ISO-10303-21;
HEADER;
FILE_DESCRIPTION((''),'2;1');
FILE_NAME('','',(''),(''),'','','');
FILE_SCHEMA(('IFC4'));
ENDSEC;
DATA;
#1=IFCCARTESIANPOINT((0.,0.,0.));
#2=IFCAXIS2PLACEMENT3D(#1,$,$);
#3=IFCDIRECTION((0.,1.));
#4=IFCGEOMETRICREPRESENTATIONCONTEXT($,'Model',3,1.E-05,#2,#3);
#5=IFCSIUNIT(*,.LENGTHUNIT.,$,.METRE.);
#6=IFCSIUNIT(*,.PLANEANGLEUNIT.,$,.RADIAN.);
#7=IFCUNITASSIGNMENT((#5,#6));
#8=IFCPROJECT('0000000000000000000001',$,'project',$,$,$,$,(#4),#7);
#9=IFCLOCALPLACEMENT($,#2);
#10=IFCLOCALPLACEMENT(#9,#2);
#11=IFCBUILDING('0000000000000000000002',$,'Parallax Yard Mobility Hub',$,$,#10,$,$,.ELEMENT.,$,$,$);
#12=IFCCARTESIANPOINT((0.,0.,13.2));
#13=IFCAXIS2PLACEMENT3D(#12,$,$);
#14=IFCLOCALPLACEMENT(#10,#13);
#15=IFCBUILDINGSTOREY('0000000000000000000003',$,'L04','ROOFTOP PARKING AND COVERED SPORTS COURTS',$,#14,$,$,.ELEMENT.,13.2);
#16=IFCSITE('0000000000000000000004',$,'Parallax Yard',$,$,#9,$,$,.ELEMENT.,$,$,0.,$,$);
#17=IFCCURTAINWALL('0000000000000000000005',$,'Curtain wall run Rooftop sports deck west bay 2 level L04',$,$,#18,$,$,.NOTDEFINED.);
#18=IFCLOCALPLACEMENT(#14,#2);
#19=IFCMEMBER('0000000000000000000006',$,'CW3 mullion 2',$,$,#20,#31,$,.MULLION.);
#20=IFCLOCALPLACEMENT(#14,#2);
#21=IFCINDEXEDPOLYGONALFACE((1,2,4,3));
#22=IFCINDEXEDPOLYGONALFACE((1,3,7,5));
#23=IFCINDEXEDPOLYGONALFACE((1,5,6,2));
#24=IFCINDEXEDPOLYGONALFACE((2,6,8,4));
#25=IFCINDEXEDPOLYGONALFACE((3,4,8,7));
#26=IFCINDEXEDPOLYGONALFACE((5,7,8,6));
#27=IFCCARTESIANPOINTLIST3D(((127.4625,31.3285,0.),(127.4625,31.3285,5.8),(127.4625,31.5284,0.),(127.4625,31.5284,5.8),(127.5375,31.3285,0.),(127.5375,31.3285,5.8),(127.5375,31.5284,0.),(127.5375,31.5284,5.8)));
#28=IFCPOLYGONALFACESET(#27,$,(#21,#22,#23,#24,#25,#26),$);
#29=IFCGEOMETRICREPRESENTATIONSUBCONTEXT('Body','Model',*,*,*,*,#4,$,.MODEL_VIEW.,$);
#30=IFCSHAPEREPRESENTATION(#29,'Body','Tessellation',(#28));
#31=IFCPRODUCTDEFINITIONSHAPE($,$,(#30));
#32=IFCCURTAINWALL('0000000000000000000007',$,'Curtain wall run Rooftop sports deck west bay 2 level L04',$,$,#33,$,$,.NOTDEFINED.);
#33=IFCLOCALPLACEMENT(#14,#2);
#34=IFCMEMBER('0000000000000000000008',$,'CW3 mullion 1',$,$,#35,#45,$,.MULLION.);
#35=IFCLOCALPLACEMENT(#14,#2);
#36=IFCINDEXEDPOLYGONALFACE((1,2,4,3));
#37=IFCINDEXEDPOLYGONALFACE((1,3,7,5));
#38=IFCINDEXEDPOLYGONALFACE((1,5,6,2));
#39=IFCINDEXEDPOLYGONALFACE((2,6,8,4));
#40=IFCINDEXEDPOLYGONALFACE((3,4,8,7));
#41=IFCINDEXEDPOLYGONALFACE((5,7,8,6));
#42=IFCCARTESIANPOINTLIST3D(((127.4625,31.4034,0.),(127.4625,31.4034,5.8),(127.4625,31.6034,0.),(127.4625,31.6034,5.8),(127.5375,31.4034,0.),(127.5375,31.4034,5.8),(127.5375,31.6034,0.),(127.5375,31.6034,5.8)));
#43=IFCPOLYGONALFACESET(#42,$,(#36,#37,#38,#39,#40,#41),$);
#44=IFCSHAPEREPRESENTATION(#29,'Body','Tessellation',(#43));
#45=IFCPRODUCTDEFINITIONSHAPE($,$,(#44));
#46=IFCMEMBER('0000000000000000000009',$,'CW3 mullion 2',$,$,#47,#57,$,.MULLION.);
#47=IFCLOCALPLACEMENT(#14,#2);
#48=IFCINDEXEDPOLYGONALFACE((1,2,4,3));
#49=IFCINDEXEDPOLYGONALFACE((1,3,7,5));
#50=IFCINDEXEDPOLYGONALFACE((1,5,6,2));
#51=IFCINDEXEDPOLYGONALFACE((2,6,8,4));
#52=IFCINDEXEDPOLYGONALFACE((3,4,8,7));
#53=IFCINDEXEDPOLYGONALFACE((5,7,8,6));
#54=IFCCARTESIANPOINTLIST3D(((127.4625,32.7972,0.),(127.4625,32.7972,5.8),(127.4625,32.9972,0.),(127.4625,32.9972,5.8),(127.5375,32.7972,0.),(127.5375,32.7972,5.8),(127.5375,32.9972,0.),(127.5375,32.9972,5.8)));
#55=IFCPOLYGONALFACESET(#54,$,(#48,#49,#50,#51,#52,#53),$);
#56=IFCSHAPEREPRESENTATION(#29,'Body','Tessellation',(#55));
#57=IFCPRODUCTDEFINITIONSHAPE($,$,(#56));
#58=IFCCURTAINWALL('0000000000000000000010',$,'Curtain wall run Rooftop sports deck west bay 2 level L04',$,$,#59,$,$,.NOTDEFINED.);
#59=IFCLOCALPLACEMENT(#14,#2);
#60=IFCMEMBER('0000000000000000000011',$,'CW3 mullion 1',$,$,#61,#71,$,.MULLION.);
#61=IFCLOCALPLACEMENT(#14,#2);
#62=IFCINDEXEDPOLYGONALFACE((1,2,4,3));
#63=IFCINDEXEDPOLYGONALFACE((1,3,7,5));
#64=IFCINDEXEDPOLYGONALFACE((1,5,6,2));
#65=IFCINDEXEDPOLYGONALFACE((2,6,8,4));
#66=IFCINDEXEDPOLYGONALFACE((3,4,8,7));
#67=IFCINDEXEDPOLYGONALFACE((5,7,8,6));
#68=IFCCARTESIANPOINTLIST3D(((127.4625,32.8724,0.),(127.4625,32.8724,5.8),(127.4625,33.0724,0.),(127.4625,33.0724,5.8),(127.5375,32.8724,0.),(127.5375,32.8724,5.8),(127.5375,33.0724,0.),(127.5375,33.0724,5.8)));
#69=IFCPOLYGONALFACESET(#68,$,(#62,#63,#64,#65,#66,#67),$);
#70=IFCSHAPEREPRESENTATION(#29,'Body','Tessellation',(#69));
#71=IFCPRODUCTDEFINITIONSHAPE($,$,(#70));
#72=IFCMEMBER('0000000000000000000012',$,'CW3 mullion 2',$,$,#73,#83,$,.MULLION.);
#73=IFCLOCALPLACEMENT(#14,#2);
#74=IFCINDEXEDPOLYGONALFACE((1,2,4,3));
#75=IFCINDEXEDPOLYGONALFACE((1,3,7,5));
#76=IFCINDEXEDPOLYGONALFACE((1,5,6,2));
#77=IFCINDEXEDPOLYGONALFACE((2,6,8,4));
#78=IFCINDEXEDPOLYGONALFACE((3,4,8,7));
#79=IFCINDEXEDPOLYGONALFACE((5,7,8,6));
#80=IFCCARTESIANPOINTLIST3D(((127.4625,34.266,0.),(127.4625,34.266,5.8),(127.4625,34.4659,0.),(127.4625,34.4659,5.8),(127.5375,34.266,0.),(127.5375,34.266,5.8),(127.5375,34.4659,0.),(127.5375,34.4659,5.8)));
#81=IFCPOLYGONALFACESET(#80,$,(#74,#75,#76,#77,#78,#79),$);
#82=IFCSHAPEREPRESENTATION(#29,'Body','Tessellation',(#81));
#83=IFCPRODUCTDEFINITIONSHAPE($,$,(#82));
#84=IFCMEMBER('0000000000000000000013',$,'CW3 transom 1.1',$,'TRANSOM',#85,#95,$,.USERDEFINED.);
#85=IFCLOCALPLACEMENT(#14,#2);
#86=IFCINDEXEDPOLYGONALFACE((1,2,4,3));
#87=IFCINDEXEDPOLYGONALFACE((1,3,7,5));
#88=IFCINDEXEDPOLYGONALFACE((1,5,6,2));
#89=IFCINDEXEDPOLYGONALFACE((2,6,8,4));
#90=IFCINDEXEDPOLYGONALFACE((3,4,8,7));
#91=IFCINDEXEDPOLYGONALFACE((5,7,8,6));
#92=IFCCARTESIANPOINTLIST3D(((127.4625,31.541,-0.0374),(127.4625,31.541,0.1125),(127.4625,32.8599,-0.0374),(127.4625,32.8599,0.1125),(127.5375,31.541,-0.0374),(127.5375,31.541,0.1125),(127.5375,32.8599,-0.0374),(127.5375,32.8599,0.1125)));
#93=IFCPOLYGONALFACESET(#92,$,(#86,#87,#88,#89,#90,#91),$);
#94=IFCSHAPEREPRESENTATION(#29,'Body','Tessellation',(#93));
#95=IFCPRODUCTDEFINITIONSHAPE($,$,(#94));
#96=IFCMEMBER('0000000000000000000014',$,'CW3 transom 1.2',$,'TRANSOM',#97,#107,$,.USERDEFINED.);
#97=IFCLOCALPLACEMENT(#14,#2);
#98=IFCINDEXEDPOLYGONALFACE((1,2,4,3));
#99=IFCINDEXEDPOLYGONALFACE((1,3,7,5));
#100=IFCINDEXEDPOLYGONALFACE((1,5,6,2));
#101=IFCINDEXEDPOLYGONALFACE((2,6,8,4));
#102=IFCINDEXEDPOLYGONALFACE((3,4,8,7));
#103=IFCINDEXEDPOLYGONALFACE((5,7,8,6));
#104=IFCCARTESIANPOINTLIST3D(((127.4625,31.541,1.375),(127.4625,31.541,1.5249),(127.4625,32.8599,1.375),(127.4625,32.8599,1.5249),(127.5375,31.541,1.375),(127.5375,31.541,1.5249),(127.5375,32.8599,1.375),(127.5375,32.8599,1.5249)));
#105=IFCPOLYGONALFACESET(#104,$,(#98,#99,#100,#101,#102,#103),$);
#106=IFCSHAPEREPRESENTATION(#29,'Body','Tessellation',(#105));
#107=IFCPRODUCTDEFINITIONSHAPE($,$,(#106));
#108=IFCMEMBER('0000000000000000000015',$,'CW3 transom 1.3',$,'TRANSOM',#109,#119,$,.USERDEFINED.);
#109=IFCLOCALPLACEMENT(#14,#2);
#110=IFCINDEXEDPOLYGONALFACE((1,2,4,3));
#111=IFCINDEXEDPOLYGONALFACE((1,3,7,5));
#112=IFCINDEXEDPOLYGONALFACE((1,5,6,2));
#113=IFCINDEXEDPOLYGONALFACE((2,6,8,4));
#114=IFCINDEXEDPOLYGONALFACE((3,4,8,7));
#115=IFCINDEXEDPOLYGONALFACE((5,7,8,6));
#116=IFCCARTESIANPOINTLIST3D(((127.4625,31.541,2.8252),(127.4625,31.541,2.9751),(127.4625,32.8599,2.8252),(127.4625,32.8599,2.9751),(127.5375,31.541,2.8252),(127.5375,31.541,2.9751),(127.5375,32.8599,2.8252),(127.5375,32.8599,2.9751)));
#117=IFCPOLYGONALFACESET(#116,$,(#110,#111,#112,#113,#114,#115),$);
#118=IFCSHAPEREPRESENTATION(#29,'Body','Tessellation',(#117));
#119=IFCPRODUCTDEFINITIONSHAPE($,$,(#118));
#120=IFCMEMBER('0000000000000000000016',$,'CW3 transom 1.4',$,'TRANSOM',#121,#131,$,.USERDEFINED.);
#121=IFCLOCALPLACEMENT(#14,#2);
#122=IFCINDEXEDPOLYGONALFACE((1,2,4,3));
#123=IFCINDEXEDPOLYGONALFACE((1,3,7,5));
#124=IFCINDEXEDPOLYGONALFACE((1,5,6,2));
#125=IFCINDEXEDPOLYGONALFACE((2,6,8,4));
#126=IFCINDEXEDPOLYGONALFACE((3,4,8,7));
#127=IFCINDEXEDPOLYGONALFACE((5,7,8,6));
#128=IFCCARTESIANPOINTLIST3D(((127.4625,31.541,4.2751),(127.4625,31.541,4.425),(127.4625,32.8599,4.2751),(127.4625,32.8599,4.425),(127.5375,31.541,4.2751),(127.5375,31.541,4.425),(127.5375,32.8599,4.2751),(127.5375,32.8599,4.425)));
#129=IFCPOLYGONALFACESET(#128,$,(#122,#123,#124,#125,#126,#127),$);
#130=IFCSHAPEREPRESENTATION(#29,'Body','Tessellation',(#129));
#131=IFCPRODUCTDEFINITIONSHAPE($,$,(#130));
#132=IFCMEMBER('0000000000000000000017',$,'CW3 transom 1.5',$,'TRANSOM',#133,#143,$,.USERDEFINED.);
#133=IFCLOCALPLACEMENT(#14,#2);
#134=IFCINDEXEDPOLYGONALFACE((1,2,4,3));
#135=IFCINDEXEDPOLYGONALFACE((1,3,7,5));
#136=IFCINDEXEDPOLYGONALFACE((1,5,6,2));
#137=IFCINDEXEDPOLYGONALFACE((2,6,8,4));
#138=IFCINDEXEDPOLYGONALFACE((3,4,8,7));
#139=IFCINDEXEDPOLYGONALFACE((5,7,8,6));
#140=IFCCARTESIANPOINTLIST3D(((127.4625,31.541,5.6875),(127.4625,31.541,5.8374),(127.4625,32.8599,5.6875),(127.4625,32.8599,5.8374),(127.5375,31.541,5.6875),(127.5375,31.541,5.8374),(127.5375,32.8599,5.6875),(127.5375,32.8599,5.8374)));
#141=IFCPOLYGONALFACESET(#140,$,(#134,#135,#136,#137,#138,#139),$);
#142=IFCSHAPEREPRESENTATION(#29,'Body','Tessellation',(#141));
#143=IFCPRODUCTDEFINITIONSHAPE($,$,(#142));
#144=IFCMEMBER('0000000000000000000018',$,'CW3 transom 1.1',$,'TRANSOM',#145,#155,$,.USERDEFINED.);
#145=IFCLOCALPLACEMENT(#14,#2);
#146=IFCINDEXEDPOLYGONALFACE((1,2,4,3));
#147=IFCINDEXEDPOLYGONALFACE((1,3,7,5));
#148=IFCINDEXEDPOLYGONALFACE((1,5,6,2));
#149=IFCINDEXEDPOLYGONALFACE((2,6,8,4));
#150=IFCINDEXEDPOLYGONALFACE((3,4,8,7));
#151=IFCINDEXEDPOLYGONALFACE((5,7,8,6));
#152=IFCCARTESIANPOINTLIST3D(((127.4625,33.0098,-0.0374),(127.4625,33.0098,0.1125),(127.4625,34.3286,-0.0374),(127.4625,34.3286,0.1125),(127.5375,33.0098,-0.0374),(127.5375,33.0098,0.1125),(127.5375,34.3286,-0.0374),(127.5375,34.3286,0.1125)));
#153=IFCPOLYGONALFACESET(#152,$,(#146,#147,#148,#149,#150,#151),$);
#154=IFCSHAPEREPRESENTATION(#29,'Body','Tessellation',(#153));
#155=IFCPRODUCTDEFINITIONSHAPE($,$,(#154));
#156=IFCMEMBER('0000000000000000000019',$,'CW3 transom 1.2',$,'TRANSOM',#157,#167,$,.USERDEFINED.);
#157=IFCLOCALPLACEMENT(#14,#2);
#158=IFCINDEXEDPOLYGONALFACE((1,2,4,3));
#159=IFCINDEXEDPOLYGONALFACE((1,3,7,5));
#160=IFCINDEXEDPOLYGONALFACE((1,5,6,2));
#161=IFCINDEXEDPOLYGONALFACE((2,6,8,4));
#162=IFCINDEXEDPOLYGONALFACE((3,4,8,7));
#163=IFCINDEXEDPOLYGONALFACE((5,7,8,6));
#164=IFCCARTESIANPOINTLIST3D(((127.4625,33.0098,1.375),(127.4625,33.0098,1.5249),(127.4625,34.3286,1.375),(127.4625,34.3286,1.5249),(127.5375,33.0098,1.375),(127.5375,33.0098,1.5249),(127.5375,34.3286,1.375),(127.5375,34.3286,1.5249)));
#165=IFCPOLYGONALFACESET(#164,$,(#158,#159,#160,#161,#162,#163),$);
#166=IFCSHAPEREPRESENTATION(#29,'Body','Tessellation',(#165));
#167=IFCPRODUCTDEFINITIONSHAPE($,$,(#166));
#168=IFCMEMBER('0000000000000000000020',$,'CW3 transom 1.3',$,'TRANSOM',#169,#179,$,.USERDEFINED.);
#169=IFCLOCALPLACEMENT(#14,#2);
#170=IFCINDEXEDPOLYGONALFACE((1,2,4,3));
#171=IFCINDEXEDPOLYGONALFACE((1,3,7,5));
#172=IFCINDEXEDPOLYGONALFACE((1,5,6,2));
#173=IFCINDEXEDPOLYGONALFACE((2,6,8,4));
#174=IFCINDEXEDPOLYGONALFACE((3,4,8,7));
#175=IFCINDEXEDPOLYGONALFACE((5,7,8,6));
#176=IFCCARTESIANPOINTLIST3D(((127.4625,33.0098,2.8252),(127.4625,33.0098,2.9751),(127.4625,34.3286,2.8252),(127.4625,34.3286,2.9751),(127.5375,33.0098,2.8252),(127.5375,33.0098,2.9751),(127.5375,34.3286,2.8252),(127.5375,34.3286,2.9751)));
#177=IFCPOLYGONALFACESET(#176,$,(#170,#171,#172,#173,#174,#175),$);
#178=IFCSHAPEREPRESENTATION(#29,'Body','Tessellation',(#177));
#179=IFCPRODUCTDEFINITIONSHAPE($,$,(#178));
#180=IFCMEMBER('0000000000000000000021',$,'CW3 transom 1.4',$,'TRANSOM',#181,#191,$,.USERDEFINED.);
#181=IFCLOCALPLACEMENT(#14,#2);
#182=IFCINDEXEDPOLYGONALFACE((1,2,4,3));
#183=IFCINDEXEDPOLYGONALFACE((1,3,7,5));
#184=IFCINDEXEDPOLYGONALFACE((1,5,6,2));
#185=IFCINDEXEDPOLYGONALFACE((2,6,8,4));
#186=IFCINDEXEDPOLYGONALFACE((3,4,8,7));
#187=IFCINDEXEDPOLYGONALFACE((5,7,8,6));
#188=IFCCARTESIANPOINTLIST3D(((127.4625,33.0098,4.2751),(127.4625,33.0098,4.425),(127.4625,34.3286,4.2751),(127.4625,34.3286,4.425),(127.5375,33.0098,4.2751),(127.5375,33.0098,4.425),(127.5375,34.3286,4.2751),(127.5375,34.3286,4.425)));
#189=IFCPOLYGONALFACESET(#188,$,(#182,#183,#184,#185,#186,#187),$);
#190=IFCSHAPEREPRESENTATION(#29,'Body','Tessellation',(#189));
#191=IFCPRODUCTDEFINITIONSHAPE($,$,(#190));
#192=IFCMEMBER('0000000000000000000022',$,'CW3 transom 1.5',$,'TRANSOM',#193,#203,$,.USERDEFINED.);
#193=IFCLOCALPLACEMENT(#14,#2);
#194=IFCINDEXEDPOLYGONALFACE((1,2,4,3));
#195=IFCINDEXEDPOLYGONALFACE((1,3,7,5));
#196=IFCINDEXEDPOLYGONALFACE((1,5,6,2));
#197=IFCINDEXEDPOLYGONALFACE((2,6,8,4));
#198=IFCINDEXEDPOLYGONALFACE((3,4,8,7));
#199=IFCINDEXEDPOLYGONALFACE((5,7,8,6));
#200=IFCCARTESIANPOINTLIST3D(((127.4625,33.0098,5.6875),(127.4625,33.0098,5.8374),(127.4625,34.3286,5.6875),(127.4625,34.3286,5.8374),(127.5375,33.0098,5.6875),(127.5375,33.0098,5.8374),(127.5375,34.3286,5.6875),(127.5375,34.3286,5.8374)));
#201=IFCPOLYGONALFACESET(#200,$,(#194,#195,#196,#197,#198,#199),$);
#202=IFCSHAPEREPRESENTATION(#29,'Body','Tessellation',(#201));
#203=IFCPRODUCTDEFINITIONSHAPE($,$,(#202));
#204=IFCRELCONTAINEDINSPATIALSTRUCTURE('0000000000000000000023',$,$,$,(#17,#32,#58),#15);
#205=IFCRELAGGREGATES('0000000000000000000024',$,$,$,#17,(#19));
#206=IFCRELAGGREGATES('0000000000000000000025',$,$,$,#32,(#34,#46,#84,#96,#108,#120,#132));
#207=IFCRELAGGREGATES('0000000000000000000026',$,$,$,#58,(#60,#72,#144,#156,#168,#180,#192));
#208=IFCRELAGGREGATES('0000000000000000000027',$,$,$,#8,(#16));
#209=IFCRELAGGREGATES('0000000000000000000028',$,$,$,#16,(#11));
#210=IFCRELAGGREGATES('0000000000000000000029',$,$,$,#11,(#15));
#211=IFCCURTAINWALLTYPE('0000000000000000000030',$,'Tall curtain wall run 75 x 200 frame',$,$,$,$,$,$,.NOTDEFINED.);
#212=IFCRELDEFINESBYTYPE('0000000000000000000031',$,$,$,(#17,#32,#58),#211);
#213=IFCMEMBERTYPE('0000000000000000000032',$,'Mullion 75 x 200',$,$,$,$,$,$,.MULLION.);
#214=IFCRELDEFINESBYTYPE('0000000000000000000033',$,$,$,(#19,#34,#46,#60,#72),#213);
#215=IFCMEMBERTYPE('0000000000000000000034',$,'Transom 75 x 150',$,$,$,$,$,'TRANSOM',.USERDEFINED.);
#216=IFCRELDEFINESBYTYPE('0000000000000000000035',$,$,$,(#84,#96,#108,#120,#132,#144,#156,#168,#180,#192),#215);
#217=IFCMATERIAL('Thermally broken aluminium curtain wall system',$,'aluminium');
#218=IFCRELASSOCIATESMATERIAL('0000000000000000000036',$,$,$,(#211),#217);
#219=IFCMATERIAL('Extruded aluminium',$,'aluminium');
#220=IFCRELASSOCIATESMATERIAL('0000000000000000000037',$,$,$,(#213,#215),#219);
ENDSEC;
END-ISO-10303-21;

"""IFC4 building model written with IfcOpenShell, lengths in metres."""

from ifc_helpers import new_model, si_unit, direction, frame, origin, origin_2d, place, context, subcontext, project, spatial, rectangle, extrude, material, material_profile, profile_set, type_object, element, aggregate, save


model = new_model("IFC4")

# Units and contexts
model_context = context("Model", 3, precision=1e-05, world=origin(), true_north=direction((0.0, 1.0)))
body_context = subcontext(model_context, "Body", "Model", "MODEL_VIEW")
ifc_project = project(units=[si_unit("LENGTHUNIT", "METRE"), si_unit("PLANEANGLEUNIT", "RADIAN")], contexts=[model_context])

# Site, building, storey
site_placement = place(None, origin())
site = spatial("IfcSite", under=ifc_project, at=site_placement, Name="Parallax Yard", CompositionType="ELEMENT", RefElevation=0.0)
building_placement = place(site_placement, origin())
building = spatial("IfcBuilding", under=site, at=building_placement, Name="Parallax Yard Mobility Hub", CompositionType="ELEMENT")
storey_placement = place(building_placement, frame((0.0, 0.0, 13.2)))
storey = spatial("IfcBuildingStorey", under=building, at=storey_placement, Name="L04", Description="ROOFTOP PARKING AND COVERED SPORTS COURTS", CompositionType="ELEMENT", Elevation=13.2)

# Curtain wall, member
ifc_material_1 = material(Name="Thermally broken aluminium curtain wall system", Category="aluminium")
curtain_wall_type = type_object("IfcCurtainWallType", Name="Tall curtain wall run 75 x 200 frame", PredefinedType="NOTDEFINED", material=ifc_material_1)
curtain_wall_1_placement = place(storey_placement, origin())
curtain_wall_1 = element("IfcCurtainWall", 1, at=curtain_wall_1_placement, inside=storey, type_object=curtain_wall_type, Name="Curtain wall run Rooftop sports deck west bay 2 level L04", PredefinedType="NOTDEFINED")
ifc_material_2 = material(Name="Extruded aluminium", Category="aluminium")
ifc_material_profile_1 = material_profile(ifc_material_2, rectangle(XDim=0.075, YDim=0.2, at=origin_2d()), Name="Mullion 75 x 200")
ifc_profile_set_1 = profile_set([ifc_material_profile_1], Name="Extruded aluminium")
member_type_1 = type_object("IfcMemberType", Name="Mullion 75 x 200", PredefinedType="MULLION", material=ifc_profile_set_1)
member_1_placement = place(storey_placement, frame((127.5, 31.4285, 0.0), z_axis=(0.0, 0.0, 1.0), x_axis=(-1.0, 0.0, 0.0)))
member_1 = element("IfcMember", 2, at=member_1_placement, type_object=member_type_1, Name="CW3 mullion 2", PredefinedType="MULLION", context=body_context, shape_type="SweptSolid", body=[
    extrude(rectangle(XDim=0.075, YDim=0.2, at=origin_2d()), origin(), (0.0, 0.0, 1.0), 5.8),
])

# Curtain walls, members
curtain_wall_2_placement = place(storey_placement, origin())
curtain_wall_2 = element("IfcCurtainWall", 3, at=curtain_wall_2_placement, inside=storey, type_object=curtain_wall_type, Name="Curtain wall run Rooftop sports deck west bay 2 level L04", PredefinedType="NOTDEFINED")
member_2_placement = place(storey_placement, frame((127.5, 31.5034, 0.0), z_axis=(0.0, 0.0, 1.0), x_axis=(-1.0, 0.0, 0.0)))
member_2 = element("IfcMember", 4, at=member_2_placement, type_object=member_type_1, Name="CW3 mullion 1", PredefinedType="MULLION", context=body_context, shape_type="SweptSolid", body=[
    extrude(rectangle(XDim=0.075, YDim=0.2, at=origin_2d()), origin(), (0.0, 0.0, 1.0), 5.8),
])
member_3_placement = place(storey_placement, frame((127.5, 32.8972, 0.0), z_axis=(0.0, 0.0, 1.0), x_axis=(-1.0, 0.0, 0.0)))
member_3 = element("IfcMember", 5, at=member_3_placement, type_object=member_type_1, Name="CW3 mullion 2", PredefinedType="MULLION", context=body_context, shape_type="SweptSolid", body=[
    extrude(rectangle(XDim=0.075, YDim=0.2, at=origin_2d()), origin(), (0.0, 0.0, 1.0), 5.8),
])
curtain_wall_3_placement = place(storey_placement, origin())
curtain_wall_3 = element("IfcCurtainWall", 6, at=curtain_wall_3_placement, inside=storey, type_object=curtain_wall_type, Name="Curtain wall run Rooftop sports deck west bay 2 level L04", PredefinedType="NOTDEFINED")
member_4_placement = place(storey_placement, frame((127.5, 32.9724, 0.0), z_axis=(0.0, 0.0, 1.0), x_axis=(-1.0, 0.0, 0.0)))
member_4 = element("IfcMember", 7, at=member_4_placement, type_object=member_type_1, Name="CW3 mullion 1", PredefinedType="MULLION", context=body_context, shape_type="SweptSolid", body=[
    extrude(rectangle(XDim=0.075, YDim=0.2, at=origin_2d()), origin(), (0.0, 0.0, 1.0), 5.8),
])
member_5_placement = place(storey_placement, frame((127.5, 34.366, 0.0), z_axis=(0.0, 0.0, 1.0), x_axis=(-1.0, 0.0, 0.0)))
member_5 = element("IfcMember", 8, at=member_5_placement, type_object=member_type_1, Name="CW3 mullion 2", PredefinedType="MULLION", context=body_context, shape_type="SweptSolid", body=[
    extrude(rectangle(XDim=0.075, YDim=0.2, at=origin_2d()), origin(), (0.0, 0.0, 1.0), 5.8),
])

# Members
ifc_material_profile_2 = material_profile(ifc_material_2, rectangle(XDim=0.075, YDim=0.1499, at=origin_2d()), Name="Transom 75 x 150")
ifc_profile_set_2 = profile_set([ifc_material_profile_2], Name="Extruded aluminium")
member_type_2 = type_object("IfcMemberType", Name="Transom 75 x 150", ElementType="TRANSOM", PredefinedType="USERDEFINED", material=ifc_profile_set_2)
member_6_placement = place(storey_placement, frame((127.5, 31.541, 0.0376), z_axis=(0.0, 1.0, 0.0), x_axis=(-1.0, 0.0, 0.0)))
member_6 = element("IfcMember", 9, at=member_6_placement, type_object=member_type_2, Name="CW3 transom 1.1", ObjectType="TRANSOM", PredefinedType="USERDEFINED", context=body_context, shape_type="SweptSolid", body=[
    extrude(rectangle(XDim=0.075, YDim=0.1499, at=origin_2d()), origin(), (0.0, 0.0, 1.0), 1.3188),
])
member_7_placement = place(storey_placement, frame((127.5, 31.541, 1.45), z_axis=(0.0, 1.0, 0.0), x_axis=(-1.0, 0.0, 0.0)))
member_7 = element("IfcMember", 10, at=member_7_placement, type_object=member_type_2, Name="CW3 transom 1.2", ObjectType="TRANSOM", PredefinedType="USERDEFINED", context=body_context, shape_type="SweptSolid", body=[
    extrude(rectangle(XDim=0.075, YDim=0.1499, at=origin_2d()), origin(), (0.0, 0.0, 1.0), 1.3188),
])
member_8_placement = place(storey_placement, frame((127.5, 31.541, 2.9001), z_axis=(0.0, 1.0, 0.0), x_axis=(-1.0, 0.0, 0.0)))
member_8 = element("IfcMember", 11, at=member_8_placement, type_object=member_type_2, Name="CW3 transom 1.3", ObjectType="TRANSOM", PredefinedType="USERDEFINED", context=body_context, shape_type="SweptSolid", body=[
    extrude(rectangle(XDim=0.075, YDim=0.1499, at=origin_2d()), origin(), (0.0, 0.0, 1.0), 1.3188),
])
member_9_placement = place(storey_placement, frame((127.5, 31.541, 4.3501), z_axis=(0.0, 1.0, 0.0), x_axis=(-1.0, 0.0, 0.0)))
member_9 = element("IfcMember", 12, at=member_9_placement, type_object=member_type_2, Name="CW3 transom 1.4", ObjectType="TRANSOM", PredefinedType="USERDEFINED", context=body_context, shape_type="SweptSolid", body=[
    extrude(rectangle(XDim=0.075, YDim=0.1499, at=origin_2d()), origin(), (0.0, 0.0, 1.0), 1.3188),
])
member_10_placement = place(storey_placement, frame((127.5, 31.541, 5.7625), z_axis=(0.0, 1.0, 0.0), x_axis=(-1.0, 0.0, 0.0)))
member_10 = element("IfcMember", 13, at=member_10_placement, type_object=member_type_2, Name="CW3 transom 1.5", ObjectType="TRANSOM", PredefinedType="USERDEFINED", context=body_context, shape_type="SweptSolid", body=[
    extrude(rectangle(XDim=0.075, YDim=0.1499, at=origin_2d()), origin(), (0.0, 0.0, 1.0), 1.3188),
])
member_11_placement = place(storey_placement, frame((127.5, 33.0098, 0.0376), z_axis=(0.0, 1.0, 0.0), x_axis=(-1.0, 0.0, 0.0)))
member_11 = element("IfcMember", 14, at=member_11_placement, type_object=member_type_2, Name="CW3 transom 1.1", ObjectType="TRANSOM", PredefinedType="USERDEFINED", context=body_context, shape_type="SweptSolid", body=[
    extrude(rectangle(XDim=0.075, YDim=0.1499, at=origin_2d()), origin(), (0.0, 0.0, 1.0), 1.3188),
])
member_12_placement = place(storey_placement, frame((127.5, 33.0098, 1.45), z_axis=(0.0, 1.0, 0.0), x_axis=(-1.0, 0.0, 0.0)))
member_12 = element("IfcMember", 15, at=member_12_placement, type_object=member_type_2, Name="CW3 transom 1.2", ObjectType="TRANSOM", PredefinedType="USERDEFINED", context=body_context, shape_type="SweptSolid", body=[
    extrude(rectangle(XDim=0.075, YDim=0.1499, at=origin_2d()), origin(), (0.0, 0.0, 1.0), 1.3188),
])
member_13_placement = place(storey_placement, frame((127.5, 33.0098, 2.9001), z_axis=(0.0, 1.0, 0.0), x_axis=(-1.0, 0.0, 0.0)))
member_13 = element("IfcMember", 16, at=member_13_placement, type_object=member_type_2, Name="CW3 transom 1.3", ObjectType="TRANSOM", PredefinedType="USERDEFINED", context=body_context, shape_type="SweptSolid", body=[
    extrude(rectangle(XDim=0.075, YDim=0.1499, at=origin_2d()), origin(), (0.0, 0.0, 1.0), 1.3188),
])
member_14_placement = place(storey_placement, frame((127.5, 33.0098, 4.3501), z_axis=(0.0, 1.0, 0.0), x_axis=(-1.0, 0.0, 0.0)))
member_14 = element("IfcMember", 17, at=member_14_placement, type_object=member_type_2, Name="CW3 transom 1.4", ObjectType="TRANSOM", PredefinedType="USERDEFINED", context=body_context, shape_type="SweptSolid", body=[
    extrude(rectangle(XDim=0.075, YDim=0.1499, at=origin_2d()), origin(), (0.0, 0.0, 1.0), 1.3188),
])
member_15_placement = place(storey_placement, frame((127.5, 33.0098, 5.7625), z_axis=(0.0, 1.0, 0.0), x_axis=(-1.0, 0.0, 0.0)))
member_15 = element("IfcMember", 18, at=member_15_placement, type_object=member_type_2, Name="CW3 transom 1.5", ObjectType="TRANSOM", PredefinedType="USERDEFINED", context=body_context, shape_type="SweptSolid", body=[
    extrude(rectangle(XDim=0.075, YDim=0.1499, at=origin_2d()), origin(), (0.0, 0.0, 1.0), 1.3188),
])

aggregate(curtain_wall_1, [member_1])
aggregate(curtain_wall_2, [member_2, member_3, member_6, member_7, member_8, member_9, member_10])
aggregate(curtain_wall_3, [member_4, member_5, member_11, member_12, member_13, member_14, member_15])

save(model, "model.ifc")
